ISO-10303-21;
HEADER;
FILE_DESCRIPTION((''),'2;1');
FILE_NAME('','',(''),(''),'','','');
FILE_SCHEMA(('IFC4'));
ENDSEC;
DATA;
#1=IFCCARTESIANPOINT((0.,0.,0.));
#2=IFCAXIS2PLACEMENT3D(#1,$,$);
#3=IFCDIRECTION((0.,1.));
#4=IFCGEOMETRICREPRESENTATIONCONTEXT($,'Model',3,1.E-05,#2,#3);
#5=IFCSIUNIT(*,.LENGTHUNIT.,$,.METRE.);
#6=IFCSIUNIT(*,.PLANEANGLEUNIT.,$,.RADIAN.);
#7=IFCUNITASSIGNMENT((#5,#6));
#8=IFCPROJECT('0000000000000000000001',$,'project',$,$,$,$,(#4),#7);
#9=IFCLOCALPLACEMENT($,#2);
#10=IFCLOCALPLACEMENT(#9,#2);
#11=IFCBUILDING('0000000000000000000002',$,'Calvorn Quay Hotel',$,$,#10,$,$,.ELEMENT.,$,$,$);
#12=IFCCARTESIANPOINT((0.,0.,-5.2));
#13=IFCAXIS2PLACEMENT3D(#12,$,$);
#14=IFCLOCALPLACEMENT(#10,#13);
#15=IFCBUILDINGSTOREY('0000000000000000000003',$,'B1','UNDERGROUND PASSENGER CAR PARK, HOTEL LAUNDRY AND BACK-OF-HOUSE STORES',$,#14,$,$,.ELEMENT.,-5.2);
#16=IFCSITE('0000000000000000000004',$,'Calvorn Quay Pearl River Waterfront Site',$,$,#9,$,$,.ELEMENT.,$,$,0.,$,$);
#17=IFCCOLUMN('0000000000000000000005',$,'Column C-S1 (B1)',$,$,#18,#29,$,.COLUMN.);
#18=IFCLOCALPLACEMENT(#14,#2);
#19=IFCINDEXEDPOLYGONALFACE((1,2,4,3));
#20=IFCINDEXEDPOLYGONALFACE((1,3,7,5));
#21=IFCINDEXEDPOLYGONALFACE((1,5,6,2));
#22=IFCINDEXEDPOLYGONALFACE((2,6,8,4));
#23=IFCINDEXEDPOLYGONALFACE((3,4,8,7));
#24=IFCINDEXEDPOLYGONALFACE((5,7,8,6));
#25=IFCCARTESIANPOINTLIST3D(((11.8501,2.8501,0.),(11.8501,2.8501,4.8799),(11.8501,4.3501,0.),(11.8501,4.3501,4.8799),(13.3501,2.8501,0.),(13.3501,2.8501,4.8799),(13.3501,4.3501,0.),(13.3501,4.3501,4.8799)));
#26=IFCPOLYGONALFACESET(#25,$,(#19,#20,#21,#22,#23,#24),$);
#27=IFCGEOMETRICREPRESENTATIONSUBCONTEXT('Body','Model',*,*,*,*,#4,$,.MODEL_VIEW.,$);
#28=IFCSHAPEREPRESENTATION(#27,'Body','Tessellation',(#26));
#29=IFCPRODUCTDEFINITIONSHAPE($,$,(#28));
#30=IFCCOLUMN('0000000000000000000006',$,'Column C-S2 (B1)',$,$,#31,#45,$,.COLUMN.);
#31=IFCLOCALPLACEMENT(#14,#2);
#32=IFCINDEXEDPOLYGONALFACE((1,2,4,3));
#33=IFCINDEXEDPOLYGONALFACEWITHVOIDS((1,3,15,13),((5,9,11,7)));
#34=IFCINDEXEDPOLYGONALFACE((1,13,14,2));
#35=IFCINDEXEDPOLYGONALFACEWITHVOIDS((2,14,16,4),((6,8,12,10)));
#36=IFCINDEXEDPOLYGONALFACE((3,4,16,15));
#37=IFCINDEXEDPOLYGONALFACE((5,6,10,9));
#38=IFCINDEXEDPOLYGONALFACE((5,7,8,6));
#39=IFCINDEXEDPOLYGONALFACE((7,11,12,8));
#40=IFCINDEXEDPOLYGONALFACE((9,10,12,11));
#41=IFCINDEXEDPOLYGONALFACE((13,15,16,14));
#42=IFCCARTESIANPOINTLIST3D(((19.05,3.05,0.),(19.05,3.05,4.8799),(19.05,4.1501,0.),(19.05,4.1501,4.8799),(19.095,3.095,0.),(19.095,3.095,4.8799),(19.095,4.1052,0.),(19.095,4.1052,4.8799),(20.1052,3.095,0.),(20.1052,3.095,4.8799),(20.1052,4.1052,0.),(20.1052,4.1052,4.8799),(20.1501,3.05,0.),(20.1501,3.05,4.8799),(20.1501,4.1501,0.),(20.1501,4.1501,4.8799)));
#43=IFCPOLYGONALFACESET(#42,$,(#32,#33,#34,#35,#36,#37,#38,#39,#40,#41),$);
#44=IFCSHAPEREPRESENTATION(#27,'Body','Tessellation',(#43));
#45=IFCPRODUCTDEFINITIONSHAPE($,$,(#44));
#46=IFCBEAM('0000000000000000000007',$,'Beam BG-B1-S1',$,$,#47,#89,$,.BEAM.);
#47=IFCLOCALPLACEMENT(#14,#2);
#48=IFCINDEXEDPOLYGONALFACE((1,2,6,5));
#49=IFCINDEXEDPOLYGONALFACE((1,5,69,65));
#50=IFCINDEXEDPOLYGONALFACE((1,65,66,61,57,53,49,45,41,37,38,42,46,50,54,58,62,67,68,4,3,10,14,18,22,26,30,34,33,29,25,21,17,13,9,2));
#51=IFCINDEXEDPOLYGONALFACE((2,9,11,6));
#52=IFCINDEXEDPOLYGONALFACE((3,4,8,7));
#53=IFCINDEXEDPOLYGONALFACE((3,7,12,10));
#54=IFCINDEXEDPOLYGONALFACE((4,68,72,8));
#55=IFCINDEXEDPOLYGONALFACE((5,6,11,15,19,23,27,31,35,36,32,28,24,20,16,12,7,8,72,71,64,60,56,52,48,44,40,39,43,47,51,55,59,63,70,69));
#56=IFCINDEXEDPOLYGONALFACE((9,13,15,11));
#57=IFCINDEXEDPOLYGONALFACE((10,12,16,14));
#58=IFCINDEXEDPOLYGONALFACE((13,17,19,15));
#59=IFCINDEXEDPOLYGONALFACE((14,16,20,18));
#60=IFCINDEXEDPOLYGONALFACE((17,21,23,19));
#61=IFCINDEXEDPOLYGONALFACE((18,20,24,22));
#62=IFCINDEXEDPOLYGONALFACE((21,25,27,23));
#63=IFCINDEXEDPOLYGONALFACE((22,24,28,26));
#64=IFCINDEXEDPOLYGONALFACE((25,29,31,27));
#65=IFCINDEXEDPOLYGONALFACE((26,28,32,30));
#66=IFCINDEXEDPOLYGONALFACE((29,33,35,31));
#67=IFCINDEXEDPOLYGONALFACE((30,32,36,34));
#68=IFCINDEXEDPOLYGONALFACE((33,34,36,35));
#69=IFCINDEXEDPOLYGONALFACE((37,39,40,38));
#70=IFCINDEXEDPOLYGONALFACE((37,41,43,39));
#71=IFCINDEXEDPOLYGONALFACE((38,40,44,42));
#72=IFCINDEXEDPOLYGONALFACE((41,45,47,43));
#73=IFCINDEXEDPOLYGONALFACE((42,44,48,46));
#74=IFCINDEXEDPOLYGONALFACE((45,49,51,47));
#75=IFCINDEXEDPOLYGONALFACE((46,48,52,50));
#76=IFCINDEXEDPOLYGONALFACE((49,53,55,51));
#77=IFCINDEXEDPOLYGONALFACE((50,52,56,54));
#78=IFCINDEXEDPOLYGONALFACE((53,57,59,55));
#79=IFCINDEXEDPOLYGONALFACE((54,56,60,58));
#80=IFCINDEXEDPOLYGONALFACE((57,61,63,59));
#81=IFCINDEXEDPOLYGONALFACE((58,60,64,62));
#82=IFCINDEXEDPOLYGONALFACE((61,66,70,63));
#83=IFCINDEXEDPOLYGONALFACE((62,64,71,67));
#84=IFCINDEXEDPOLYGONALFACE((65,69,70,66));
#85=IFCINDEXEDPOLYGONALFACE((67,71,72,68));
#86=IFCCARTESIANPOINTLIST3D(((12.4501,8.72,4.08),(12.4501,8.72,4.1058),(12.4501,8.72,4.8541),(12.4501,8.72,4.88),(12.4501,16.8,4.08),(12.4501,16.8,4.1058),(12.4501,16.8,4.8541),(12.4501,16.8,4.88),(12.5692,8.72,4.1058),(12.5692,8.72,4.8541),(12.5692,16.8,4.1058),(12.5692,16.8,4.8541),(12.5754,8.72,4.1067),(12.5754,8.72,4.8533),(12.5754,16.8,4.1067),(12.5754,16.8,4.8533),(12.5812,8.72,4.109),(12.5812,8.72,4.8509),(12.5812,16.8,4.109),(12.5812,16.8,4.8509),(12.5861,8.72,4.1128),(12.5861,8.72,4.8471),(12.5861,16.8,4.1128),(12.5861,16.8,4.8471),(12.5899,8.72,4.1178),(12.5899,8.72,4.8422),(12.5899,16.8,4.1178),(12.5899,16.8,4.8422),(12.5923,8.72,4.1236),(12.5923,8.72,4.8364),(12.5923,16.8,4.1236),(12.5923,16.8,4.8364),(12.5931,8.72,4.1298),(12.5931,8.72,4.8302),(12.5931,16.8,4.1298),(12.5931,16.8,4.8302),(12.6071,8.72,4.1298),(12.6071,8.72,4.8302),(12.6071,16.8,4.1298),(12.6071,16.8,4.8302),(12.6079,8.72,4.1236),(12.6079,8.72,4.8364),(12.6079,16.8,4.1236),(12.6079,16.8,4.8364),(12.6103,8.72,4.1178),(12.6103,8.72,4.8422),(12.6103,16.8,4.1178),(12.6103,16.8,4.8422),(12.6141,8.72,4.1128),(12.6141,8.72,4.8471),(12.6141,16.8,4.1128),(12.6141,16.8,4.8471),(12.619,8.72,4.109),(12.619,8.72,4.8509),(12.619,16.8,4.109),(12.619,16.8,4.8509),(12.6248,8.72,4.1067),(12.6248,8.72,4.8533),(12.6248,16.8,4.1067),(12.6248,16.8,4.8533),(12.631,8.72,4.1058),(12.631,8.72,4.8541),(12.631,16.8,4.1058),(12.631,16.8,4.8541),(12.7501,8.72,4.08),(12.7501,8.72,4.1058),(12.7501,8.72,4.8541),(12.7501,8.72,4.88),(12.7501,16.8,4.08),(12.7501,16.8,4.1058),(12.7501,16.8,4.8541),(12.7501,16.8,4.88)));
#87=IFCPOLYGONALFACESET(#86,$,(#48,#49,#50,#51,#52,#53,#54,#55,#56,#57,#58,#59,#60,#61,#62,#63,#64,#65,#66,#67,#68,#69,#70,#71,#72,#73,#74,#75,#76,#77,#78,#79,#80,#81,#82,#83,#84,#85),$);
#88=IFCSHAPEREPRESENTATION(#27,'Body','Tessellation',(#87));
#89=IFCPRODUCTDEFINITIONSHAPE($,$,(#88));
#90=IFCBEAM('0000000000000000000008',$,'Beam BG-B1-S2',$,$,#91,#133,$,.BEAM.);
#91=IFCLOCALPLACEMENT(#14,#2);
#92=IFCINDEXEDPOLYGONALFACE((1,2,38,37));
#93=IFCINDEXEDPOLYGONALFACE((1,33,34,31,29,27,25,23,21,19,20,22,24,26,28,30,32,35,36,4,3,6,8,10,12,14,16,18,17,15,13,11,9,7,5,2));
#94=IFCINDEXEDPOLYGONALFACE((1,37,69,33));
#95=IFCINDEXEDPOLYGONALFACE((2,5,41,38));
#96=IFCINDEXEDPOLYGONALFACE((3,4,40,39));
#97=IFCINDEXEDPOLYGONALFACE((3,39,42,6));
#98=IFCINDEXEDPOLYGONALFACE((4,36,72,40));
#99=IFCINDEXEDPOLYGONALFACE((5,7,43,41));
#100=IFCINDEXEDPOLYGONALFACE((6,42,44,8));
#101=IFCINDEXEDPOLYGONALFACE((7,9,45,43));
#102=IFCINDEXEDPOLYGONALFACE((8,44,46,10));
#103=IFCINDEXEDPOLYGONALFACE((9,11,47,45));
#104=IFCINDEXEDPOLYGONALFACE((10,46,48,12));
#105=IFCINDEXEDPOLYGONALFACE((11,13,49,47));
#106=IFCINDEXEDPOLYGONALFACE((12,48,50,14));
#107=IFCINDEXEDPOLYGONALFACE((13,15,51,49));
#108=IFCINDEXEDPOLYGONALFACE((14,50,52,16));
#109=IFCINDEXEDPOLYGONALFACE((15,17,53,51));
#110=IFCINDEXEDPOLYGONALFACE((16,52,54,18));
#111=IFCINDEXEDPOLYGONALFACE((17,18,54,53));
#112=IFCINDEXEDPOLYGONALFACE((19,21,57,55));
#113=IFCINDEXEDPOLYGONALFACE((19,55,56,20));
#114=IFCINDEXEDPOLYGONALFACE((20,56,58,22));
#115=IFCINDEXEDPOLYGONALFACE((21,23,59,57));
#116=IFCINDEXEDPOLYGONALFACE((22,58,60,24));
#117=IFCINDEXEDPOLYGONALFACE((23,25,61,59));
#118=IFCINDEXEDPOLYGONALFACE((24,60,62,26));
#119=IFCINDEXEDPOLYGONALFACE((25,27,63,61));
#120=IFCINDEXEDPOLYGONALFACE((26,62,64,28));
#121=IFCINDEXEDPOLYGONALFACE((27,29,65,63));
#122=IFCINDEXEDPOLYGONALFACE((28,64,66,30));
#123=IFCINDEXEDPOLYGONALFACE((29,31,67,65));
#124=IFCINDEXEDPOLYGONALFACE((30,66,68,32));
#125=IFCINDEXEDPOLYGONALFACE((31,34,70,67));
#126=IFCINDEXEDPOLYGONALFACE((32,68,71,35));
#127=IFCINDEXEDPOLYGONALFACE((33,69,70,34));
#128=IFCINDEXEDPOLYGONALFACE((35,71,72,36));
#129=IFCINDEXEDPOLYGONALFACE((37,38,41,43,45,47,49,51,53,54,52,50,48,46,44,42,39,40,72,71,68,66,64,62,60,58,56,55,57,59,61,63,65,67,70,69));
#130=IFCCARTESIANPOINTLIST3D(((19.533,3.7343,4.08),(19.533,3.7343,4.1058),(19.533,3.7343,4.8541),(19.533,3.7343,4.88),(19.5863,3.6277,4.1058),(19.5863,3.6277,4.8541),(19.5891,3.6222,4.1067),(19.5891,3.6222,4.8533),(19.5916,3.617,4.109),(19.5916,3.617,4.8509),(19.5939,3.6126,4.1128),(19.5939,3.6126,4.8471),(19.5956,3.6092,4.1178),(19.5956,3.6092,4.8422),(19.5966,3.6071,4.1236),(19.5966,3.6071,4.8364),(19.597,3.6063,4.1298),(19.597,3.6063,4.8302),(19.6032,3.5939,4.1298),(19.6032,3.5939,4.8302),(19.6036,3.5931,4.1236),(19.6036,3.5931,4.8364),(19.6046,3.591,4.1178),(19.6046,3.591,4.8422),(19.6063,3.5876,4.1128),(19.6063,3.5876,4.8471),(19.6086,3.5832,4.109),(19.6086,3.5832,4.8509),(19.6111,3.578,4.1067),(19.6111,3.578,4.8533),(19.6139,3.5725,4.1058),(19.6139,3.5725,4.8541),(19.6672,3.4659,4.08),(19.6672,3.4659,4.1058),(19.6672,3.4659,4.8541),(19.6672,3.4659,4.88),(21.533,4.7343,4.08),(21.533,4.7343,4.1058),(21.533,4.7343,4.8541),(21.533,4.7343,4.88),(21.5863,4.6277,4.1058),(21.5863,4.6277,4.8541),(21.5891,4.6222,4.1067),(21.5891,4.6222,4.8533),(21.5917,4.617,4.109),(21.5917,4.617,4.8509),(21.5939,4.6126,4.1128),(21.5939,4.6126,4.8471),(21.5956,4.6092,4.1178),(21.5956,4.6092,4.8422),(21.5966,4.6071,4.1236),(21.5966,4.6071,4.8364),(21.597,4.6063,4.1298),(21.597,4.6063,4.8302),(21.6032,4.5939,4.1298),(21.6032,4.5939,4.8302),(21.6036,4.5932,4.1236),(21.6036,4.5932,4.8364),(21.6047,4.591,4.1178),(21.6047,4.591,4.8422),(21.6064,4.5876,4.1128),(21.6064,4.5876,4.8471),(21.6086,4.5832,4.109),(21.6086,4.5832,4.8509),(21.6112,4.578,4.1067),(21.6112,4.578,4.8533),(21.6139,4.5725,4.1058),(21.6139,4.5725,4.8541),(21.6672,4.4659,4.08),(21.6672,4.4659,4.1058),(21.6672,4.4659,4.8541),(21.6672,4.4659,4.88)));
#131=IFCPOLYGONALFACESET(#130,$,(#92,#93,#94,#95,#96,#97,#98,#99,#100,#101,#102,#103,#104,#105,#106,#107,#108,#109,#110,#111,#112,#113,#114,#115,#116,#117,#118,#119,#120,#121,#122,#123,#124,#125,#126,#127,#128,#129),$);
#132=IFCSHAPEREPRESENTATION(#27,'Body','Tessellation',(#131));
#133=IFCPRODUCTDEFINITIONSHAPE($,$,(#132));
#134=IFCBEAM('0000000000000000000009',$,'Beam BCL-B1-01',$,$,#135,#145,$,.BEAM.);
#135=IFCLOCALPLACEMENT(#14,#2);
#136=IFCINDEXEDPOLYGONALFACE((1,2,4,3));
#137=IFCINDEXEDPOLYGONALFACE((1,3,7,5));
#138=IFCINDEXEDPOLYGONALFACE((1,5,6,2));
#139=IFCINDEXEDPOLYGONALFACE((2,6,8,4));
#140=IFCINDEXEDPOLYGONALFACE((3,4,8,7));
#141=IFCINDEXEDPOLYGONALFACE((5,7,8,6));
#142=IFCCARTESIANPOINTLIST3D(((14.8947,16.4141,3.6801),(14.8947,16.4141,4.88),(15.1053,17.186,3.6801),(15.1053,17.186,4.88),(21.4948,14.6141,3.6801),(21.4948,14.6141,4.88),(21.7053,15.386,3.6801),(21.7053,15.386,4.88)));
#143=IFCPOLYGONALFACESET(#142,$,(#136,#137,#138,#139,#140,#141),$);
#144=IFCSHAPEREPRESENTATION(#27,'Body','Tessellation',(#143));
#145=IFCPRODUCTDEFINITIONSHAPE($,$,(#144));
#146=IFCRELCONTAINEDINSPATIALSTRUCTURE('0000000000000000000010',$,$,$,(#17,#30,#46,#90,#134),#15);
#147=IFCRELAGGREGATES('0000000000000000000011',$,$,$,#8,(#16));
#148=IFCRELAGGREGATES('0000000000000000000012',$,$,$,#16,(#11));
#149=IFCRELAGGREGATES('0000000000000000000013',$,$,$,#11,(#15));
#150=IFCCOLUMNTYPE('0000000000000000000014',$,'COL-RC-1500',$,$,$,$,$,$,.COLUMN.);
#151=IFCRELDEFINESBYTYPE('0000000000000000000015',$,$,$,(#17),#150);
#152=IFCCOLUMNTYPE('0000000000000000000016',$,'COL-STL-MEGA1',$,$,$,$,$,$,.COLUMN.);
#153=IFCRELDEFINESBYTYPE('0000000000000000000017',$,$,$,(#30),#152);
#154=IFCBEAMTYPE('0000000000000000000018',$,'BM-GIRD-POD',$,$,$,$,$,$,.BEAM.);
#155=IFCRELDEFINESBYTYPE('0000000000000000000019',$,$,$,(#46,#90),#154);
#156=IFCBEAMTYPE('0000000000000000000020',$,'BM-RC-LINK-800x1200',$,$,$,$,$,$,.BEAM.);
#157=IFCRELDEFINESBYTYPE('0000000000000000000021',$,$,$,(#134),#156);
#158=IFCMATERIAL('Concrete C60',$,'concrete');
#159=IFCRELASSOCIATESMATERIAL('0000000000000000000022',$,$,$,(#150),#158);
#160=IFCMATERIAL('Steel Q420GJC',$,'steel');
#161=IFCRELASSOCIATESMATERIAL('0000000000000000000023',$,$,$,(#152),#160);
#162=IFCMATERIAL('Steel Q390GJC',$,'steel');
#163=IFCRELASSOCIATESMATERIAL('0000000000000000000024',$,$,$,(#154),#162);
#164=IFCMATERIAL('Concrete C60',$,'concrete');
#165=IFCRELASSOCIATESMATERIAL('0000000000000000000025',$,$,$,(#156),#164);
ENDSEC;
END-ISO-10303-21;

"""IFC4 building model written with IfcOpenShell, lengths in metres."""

from ifc_helpers import new_model, si_unit, direction, frame, origin, origin_2d, place, context, subcontext, project, spatial, rectangle, hollow_rectangle, i_section, extrude, material, material_profile, profile_set, type_object, element, save


model = new_model("IFC4")

# Units and contexts
model_context = context("Model", 3, precision=1e-05, world=origin(), true_north=direction((0.0, 1.0)))
body_context = subcontext(model_context, "Body", "Model", "MODEL_VIEW")
ifc_project = project(units=[si_unit("LENGTHUNIT", "METRE"), si_unit("PLANEANGLEUNIT", "RADIAN")], contexts=[model_context])

# Site, building, storey
site_placement = place(None, origin())
site = spatial("IfcSite", under=ifc_project, at=site_placement, Name="Calvorn Quay Pearl River Waterfront Site", CompositionType="ELEMENT", RefElevation=0.0)
building_placement = place(site_placement, origin())
building = spatial("IfcBuilding", under=site, at=building_placement, Name="Calvorn Quay Hotel", CompositionType="ELEMENT")
storey_placement = place(building_placement, frame((0.0, 0.0, -5.2)))
storey = spatial("IfcBuildingStorey", under=building, at=storey_placement, Name="B1", Description="UNDERGROUND PASSENGER CAR PARK, HOTEL LAUNDRY AND BACK-OF-HOUSE STORES", CompositionType="ELEMENT", Elevation=-5.2)

# Columns
ifc_material_1 = material(Name="Concrete C60", Category="concrete")
ifc_material_profile_1 = material_profile(ifc_material_1, rectangle(XDim=1.5, YDim=1.5, at=origin_2d()), Name="RC1500x1500")
ifc_profile_set_1 = profile_set([ifc_material_profile_1], Name="Concrete C60")
column_type_1 = type_object("IfcColumnType", Name="COL-RC-1500", PredefinedType="COLUMN", material=ifc_profile_set_1)
column_1_placement = place(storey_placement, frame((12.6001, 3.6001, 0.0), z_axis=(0.0, 0.0, 1.0), x_axis=(1.0, 0.0, 0.0)))
element("IfcColumn", 1, at=column_1_placement, inside=storey, type_object=column_type_1, Name="Column C-S1 (B1)", PredefinedType="COLUMN", context=body_context, shape_type="SweptSolid", body=[
    extrude(rectangle(XDim=1.5, YDim=1.5, at=origin_2d()), origin(), (0.0, 0.0, 1.0), 4.8799),
])
ifc_material_2 = material(Name="Steel Q420GJC", Category="steel")
ifc_material_profile_2 = material_profile(ifc_material_2, hollow_rectangle(XDim=1.1001, YDim=1.1001, WallThickness=0.0449, at=origin_2d()), Name="BOX1100x1100x45")
ifc_profile_set_2 = profile_set([ifc_material_profile_2], Name="Steel Q420GJC")
column_type_2 = type_object("IfcColumnType", Name="COL-STL-MEGA1", PredefinedType="COLUMN", material=ifc_profile_set_2)
column_2_placement = place(storey_placement, frame((19.6001, 3.6001, 0.0), z_axis=(0.0, 0.0, 1.0), x_axis=(1.0, 0.0, 0.0)))
element("IfcColumn", 2, at=column_2_placement, inside=storey, type_object=column_type_2, Name="Column C-S2 (B1)", PredefinedType="COLUMN", context=body_context, shape_type="SweptSolid", body=[
    extrude(hollow_rectangle(XDim=1.1001, YDim=1.1001, WallThickness=0.0449, at=origin_2d()), origin(), (0.0, 0.0, 1.0), 4.8799),
])

# Beams
ifc_material_3 = material(Name="Steel Q390GJC", Category="steel")
ifc_material_profile_3 = material_profile(ifc_material_3, i_section(OverallWidth=0.3, OverallDepth=0.8, WebThickness=0.0139, FlangeThickness=0.0259, FilletRadius=0.0239, at=origin_2d()), Name="HN800x300x14x26")
ifc_profile_set_3 = profile_set([ifc_material_profile_3], Name="Steel Q390GJC")
beam_type_1 = type_object("IfcBeamType", Name="BM-GIRD-POD", PredefinedType="BEAM", material=ifc_profile_set_3)
beam_1_placement = place(storey_placement, frame((12.6001, 8.72, 4.48), z_axis=(0.0, 1.0, 0.0), x_axis=(-1.0, 0.0, 0.0)))
element("IfcBeam", 3, at=beam_1_placement, inside=storey, type_object=beam_type_1, Name="Beam BG-B1-S1", PredefinedType="BEAM", context=body_context, shape_type="SweptSolid", body=[
    extrude(i_section(OverallWidth=0.3, OverallDepth=0.8, WebThickness=0.0139, FlangeThickness=0.0259, FilletRadius=0.0239, at=origin_2d()), origin(), (0.0, 0.0, 1.0), 8.0801),
])
beam_2_placement = place(storey_placement, frame((19.6001, 3.6001, 4.48), z_axis=(0.894427, 0.447214, 0.0), x_axis=(-0.447214, 0.894427, 0.0)))
element("IfcBeam", 4, at=beam_2_placement, inside=storey, type_object=beam_type_1, Name="Beam BG-B1-S2", PredefinedType="BEAM", context=body_context, shape_type="SweptSolid", body=[
    extrude(i_section(OverallWidth=0.3, OverallDepth=0.8, WebThickness=0.0139, FlangeThickness=0.0259, FilletRadius=0.0239, at=origin_2d()), origin(), (0.0, 0.0, 1.0), 2.2361),
])
ifc_material_4 = material(Name="Concrete C60", Category="concrete")
ifc_material_profile_4 = material_profile(ifc_material_4, rectangle(XDim=0.8, YDim=1.2, at=origin_2d()), Name="RCB800x1200")
ifc_profile_set_4 = profile_set([ifc_material_profile_4], Name="Concrete C60")
beam_type_2 = type_object("IfcBeamType", Name="BM-RC-LINK-800x1200", PredefinedType="BEAM", material=ifc_profile_set_4)
beam_3_placement = place(storey_placement, frame((15.0, 16.8, 4.28), z_axis=(0.964763, -0.26312, 0.0), x_axis=(0.26312, 0.964763, 0.0)))
element("IfcBeam", 5, at=beam_3_placement, inside=storey, type_object=beam_type_2, Name="Beam BCL-B1-01", PredefinedType="BEAM", context=body_context, shape_type="SweptSolid", body=[
    extrude(rectangle(XDim=0.8, YDim=1.2, at=origin_2d()), origin(), (0.0, 0.0, 1.0), 6.8411),
])

save(model, "model.ifc")
